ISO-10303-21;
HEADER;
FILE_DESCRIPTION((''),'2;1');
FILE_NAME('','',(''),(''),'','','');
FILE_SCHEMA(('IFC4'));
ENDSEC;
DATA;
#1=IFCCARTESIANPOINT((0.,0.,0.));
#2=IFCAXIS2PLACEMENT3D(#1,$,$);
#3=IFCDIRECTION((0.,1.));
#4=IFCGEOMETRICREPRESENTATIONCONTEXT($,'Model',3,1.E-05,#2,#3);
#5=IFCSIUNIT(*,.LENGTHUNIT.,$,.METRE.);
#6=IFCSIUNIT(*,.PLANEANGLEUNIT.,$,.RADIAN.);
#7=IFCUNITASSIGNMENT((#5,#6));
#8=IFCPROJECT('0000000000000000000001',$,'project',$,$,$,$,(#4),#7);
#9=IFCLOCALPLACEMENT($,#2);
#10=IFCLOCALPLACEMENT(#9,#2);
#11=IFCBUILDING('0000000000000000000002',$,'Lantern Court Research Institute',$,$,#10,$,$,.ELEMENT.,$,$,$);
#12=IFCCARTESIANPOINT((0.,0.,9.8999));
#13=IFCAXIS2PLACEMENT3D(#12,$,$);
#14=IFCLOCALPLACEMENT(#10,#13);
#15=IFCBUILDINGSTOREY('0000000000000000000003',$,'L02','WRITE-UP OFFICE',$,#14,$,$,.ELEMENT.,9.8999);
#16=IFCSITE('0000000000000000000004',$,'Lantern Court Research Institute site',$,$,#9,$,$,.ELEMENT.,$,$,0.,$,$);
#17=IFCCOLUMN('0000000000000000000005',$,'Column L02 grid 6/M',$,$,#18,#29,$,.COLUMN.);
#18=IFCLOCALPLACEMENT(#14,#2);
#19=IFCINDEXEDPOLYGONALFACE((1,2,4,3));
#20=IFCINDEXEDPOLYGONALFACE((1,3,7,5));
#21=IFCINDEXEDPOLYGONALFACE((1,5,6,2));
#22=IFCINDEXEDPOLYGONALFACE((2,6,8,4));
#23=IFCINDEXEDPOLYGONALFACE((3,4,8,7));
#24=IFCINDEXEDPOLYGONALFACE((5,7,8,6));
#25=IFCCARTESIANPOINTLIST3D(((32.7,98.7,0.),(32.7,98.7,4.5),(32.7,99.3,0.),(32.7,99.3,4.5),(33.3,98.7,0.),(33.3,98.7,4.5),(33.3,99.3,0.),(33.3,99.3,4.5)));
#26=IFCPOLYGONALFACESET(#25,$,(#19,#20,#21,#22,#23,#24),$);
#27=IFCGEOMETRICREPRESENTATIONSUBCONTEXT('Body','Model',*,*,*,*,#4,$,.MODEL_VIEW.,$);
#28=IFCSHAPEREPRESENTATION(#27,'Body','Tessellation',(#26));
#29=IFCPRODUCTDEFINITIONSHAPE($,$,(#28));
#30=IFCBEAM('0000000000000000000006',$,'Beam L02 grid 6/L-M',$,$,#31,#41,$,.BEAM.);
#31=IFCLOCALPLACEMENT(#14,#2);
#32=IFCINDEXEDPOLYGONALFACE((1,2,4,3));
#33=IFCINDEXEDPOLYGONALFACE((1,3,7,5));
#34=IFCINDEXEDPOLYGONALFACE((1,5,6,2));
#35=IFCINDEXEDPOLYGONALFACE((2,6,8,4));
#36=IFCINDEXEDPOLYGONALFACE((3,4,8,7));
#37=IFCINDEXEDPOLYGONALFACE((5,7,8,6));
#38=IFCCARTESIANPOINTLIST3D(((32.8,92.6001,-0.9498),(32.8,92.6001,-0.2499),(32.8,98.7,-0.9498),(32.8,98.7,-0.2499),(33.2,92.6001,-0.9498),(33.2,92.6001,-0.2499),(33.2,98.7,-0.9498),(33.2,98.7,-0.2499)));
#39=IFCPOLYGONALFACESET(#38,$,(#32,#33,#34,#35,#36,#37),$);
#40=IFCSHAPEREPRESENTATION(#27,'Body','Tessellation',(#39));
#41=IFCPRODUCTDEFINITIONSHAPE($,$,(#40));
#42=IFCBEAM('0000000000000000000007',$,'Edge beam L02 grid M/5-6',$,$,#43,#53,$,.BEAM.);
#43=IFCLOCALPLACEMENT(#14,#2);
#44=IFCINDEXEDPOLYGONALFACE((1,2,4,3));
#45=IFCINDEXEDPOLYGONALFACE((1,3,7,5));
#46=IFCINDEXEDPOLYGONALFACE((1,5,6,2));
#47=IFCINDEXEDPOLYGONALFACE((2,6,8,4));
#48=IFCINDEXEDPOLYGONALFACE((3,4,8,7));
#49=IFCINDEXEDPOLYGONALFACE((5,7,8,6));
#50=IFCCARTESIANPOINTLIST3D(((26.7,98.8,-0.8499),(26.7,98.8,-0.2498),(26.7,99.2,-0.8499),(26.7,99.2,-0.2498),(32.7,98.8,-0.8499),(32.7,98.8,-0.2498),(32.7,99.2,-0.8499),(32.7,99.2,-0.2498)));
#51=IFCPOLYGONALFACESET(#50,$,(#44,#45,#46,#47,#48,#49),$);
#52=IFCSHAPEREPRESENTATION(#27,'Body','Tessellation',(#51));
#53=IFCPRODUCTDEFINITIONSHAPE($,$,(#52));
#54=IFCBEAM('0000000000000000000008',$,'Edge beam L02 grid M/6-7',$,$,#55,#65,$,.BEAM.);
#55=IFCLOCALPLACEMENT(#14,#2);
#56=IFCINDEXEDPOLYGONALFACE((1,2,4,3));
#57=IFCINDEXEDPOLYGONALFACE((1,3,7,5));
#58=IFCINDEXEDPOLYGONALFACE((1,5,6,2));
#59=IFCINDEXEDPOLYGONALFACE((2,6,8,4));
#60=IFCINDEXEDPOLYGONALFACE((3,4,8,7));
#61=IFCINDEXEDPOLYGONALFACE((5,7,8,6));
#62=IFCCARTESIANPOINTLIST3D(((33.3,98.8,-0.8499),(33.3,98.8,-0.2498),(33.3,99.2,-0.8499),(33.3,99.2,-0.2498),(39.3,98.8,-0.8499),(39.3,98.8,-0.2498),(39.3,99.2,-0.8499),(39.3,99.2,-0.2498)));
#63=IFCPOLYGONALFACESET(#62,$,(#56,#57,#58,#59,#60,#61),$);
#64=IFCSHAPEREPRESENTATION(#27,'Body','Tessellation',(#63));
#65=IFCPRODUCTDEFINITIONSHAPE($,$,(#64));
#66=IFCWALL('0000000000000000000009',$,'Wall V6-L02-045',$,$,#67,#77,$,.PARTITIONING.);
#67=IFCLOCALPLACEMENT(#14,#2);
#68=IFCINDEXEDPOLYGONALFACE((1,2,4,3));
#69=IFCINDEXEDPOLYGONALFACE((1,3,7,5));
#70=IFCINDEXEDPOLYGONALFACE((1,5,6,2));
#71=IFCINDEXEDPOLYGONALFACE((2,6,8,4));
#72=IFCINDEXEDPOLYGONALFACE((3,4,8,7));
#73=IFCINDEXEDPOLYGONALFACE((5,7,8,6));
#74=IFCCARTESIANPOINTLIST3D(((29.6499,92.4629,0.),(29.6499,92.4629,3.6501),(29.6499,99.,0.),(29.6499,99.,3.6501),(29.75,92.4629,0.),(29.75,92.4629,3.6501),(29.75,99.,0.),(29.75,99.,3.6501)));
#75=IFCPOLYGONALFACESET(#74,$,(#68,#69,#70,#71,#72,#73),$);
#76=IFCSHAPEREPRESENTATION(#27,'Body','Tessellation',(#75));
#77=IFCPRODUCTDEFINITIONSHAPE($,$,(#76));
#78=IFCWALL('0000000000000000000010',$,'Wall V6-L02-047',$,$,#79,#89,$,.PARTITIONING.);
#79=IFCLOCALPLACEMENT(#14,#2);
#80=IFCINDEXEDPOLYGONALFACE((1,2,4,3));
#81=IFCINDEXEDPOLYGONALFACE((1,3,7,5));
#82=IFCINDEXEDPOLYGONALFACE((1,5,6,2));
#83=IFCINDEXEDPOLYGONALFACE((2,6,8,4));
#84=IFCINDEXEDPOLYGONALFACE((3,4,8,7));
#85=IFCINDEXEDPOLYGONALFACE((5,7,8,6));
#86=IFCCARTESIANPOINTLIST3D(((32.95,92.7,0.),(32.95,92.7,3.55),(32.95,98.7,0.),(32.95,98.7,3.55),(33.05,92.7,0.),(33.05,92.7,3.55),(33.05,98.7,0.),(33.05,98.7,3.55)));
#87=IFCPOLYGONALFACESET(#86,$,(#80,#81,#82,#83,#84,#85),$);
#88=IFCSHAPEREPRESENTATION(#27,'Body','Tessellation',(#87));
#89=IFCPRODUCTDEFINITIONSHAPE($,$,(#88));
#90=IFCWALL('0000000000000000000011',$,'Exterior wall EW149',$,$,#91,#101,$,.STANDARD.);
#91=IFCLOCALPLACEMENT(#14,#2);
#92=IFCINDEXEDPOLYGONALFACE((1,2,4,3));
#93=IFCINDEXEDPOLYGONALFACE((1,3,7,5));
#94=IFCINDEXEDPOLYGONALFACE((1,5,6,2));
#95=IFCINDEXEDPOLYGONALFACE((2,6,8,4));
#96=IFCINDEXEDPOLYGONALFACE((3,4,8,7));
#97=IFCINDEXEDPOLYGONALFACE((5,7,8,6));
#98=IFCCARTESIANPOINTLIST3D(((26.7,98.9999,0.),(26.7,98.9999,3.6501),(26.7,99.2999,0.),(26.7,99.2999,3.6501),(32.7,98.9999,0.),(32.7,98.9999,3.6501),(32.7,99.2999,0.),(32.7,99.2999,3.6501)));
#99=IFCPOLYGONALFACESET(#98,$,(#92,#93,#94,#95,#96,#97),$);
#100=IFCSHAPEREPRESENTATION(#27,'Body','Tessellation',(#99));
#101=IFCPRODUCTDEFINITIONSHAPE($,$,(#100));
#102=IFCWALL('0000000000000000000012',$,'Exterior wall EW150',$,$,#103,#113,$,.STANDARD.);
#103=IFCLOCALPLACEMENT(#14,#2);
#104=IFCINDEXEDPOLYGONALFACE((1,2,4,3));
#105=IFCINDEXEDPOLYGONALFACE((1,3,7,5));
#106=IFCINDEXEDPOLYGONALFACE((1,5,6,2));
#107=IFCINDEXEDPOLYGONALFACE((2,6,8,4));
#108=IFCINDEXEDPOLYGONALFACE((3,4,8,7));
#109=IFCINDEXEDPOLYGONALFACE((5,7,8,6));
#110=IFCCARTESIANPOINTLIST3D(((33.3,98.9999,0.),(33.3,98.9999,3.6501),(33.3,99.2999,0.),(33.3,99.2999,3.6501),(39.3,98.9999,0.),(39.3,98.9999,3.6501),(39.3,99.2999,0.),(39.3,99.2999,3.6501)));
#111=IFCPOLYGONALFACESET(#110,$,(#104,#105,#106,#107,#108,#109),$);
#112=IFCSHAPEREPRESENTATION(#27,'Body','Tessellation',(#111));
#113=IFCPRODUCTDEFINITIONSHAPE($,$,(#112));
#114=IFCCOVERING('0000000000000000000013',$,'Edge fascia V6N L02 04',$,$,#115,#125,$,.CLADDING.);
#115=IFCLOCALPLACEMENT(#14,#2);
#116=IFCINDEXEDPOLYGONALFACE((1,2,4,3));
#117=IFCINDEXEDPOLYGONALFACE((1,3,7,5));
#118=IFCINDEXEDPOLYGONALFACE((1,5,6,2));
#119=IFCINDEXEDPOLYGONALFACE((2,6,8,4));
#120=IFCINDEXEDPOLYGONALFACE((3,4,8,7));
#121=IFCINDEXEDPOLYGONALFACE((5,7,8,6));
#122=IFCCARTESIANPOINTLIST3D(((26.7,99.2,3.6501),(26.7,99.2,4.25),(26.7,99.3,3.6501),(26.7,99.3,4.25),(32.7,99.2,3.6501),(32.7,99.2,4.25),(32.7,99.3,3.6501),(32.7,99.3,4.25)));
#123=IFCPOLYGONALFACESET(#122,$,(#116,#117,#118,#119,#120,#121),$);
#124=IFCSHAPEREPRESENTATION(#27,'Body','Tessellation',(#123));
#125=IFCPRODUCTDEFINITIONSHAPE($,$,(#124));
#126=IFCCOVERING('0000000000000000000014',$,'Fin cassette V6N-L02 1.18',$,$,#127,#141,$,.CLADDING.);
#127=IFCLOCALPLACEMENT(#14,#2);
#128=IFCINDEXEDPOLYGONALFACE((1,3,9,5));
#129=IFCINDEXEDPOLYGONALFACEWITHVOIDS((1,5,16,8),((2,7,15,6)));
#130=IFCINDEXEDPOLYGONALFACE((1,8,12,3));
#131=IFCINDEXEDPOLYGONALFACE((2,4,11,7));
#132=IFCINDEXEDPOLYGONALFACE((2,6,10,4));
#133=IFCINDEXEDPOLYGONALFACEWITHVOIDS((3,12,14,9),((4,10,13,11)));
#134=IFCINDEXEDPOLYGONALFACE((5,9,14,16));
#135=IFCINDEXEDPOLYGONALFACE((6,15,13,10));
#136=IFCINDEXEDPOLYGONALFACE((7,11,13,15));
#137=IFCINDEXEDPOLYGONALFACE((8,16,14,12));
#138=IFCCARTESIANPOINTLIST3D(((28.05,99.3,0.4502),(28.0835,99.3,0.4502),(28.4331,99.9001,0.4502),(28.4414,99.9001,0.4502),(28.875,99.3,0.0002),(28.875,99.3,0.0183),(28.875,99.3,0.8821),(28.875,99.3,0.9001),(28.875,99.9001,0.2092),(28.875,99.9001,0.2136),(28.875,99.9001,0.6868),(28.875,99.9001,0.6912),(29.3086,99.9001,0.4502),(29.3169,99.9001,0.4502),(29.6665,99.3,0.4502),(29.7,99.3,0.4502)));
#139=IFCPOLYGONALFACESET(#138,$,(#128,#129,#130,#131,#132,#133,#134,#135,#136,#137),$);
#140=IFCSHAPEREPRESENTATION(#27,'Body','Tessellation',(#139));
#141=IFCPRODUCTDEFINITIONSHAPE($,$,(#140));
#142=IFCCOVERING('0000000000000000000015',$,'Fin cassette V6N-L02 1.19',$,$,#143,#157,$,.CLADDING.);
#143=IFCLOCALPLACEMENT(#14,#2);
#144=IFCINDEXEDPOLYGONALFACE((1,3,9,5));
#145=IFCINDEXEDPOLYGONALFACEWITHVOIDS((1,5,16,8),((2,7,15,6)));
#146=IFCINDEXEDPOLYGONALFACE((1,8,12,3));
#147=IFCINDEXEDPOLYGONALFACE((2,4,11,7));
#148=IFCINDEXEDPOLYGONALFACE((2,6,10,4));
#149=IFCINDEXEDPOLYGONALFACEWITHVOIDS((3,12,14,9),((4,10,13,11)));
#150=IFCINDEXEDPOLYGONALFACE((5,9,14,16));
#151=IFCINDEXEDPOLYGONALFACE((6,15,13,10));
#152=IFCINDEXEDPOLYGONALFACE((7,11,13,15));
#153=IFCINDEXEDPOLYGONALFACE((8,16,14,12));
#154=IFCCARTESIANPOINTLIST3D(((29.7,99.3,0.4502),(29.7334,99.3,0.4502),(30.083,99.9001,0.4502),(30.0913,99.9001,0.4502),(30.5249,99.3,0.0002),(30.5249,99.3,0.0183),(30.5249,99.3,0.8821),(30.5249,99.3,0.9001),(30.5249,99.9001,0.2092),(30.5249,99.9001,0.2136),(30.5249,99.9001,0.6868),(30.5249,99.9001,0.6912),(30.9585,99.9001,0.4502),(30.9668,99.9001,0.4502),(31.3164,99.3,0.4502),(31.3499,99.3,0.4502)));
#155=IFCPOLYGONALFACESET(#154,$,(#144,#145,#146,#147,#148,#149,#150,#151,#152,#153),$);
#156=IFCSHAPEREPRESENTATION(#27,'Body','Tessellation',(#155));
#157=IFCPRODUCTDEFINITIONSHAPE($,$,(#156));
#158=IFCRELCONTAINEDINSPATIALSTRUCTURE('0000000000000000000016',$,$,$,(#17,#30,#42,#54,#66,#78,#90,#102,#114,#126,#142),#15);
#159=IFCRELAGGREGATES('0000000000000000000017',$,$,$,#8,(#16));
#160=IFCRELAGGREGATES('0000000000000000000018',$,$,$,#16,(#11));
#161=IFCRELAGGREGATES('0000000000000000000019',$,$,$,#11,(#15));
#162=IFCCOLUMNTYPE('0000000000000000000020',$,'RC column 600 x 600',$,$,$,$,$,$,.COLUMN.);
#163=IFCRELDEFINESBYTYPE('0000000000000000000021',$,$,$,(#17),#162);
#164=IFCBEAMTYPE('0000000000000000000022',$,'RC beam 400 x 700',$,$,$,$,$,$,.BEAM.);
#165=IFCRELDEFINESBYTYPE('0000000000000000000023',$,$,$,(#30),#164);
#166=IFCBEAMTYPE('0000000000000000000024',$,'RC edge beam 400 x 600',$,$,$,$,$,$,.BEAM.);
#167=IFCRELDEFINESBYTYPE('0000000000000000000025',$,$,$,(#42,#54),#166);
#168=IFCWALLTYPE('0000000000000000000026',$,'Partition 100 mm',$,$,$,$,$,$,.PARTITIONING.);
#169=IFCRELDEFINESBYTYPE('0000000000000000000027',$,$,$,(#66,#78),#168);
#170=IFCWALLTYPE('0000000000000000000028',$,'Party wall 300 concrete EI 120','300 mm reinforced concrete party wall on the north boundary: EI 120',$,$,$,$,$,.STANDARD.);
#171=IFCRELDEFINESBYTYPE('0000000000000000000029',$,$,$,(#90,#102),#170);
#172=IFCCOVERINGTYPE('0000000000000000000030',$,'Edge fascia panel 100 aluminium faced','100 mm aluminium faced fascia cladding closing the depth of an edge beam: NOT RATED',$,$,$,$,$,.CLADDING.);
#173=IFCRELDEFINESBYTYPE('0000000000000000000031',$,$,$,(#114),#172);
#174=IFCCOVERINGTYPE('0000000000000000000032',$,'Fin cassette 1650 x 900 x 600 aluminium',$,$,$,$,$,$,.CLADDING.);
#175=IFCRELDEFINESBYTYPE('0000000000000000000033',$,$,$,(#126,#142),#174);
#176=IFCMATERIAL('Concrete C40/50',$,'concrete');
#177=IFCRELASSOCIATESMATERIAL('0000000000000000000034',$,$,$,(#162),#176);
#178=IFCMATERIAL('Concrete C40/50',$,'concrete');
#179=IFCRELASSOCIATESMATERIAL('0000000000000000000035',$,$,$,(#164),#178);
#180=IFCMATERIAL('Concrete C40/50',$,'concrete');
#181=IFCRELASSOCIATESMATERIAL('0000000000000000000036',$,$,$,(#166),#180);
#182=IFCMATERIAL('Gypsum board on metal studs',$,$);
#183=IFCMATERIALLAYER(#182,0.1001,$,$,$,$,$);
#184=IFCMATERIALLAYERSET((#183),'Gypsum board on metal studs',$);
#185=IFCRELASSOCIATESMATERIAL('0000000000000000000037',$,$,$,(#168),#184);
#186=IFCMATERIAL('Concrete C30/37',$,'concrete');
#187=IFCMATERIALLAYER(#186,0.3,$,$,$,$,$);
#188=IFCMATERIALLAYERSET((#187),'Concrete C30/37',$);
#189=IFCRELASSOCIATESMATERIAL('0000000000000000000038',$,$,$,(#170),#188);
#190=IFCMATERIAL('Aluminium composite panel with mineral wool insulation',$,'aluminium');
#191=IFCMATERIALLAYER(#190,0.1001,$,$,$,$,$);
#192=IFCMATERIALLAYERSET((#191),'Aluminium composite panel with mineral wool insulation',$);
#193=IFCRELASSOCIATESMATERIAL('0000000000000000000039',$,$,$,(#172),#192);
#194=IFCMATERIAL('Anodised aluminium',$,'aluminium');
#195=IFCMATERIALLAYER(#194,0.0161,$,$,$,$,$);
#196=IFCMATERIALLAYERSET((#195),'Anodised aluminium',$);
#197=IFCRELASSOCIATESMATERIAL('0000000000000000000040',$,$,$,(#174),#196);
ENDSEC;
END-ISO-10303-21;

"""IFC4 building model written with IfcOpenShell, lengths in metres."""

from ifc_helpers import new_model, entity, si_unit, direction, frame, frame_2d, origin, origin_2d, place, context, subcontext, project, spatial, rectangle, extrude, material, layer, layer_set, material_profile, profile_set, type_object, element, save


model = new_model("IFC4")

# Units and contexts
model_context = context("Model", 3, precision=1e-05, world=origin(), true_north=direction((0.0, 1.0)))
body_context = subcontext(model_context, "Body", "Model", "MODEL_VIEW")
ifc_project = project(units=[si_unit("LENGTHUNIT", "METRE"), si_unit("PLANEANGLEUNIT", "RADIAN")], contexts=[model_context])

# Site, building, storey
site_placement = place(None, origin())
site = spatial("IfcSite", under=ifc_project, at=site_placement, Name="Lantern Court Research Institute site", CompositionType="ELEMENT", RefElevation=0.0)
building_placement = place(site_placement, origin())
building = spatial("IfcBuilding", under=site, at=building_placement, Name="Lantern Court Research Institute", CompositionType="ELEMENT")
storey_placement = place(building_placement, frame((0.0, 0.0, 9.8999)))
storey = spatial("IfcBuildingStorey", under=building, at=storey_placement, Name="L02", Description="WRITE-UP OFFICE", CompositionType="ELEMENT", Elevation=9.8999)

# Column
ifc_material_1 = material(Name="Concrete C40/50", Category="concrete")
ifc_material_profile_1 = material_profile(ifc_material_1, rectangle(XDim=0.6001, YDim=0.6001, at=origin_2d()), Name="RC column 600 x 600")
ifc_profile_set_1 = profile_set([ifc_material_profile_1], Name="Concrete C40/50")
column_type = type_object("IfcColumnType", Name="RC column 600 x 600", PredefinedType="COLUMN", material=ifc_profile_set_1)
column_placement = place(storey_placement, frame((33.0, 99.0, 0.0), z_axis=(0.0, 0.0, 1.0), x_axis=(1.0, 0.0, 0.0)))
element("IfcColumn", 1, at=column_placement, inside=storey, type_object=column_type, Name="Column L02 grid 6/M", PredefinedType="COLUMN", context=body_context, shape_type="SweptSolid", body=[
    extrude(rectangle(XDim=0.6001, YDim=0.6001, at=origin_2d()), origin(), (0.0, 0.0, 1.0), 4.5),
])

# Beams
ifc_material_2 = material(Name="Concrete C40/50", Category="concrete")
ifc_material_profile_2 = material_profile(ifc_material_2, rectangle(XDim=0.3999, YDim=0.7, at=origin_2d()), Name="RC beam 400 x 700")
ifc_profile_set_2 = profile_set([ifc_material_profile_2], Name="Concrete C40/50")
beam_type_1 = type_object("IfcBeamType", Name="RC beam 400 x 700", PredefinedType="BEAM", material=ifc_profile_set_2)
beam_placement = place(storey_placement, frame((33.0, 92.6001, -0.5999), z_axis=(0.0, 1.0, 0.0), x_axis=(-1.0, 0.0, 0.0)))
element("IfcBeam", 2, at=beam_placement, inside=storey, type_object=beam_type_1, Name="Beam L02 grid 6/L-M", PredefinedType="BEAM", context=body_context, shape_type="SweptSolid", body=[
    extrude(rectangle(XDim=0.3999, YDim=0.7, at=origin_2d()), origin(), (0.0, 0.0, 1.0), 6.0999),
])
ifc_material_3 = material(Name="Concrete C40/50", Category="concrete")
ifc_material_profile_3 = material_profile(ifc_material_3, rectangle(XDim=0.3999, YDim=0.6001, at=origin_2d()), Name="RC beam 400 x 600")
ifc_profile_set_3 = profile_set([ifc_material_profile_3], Name="Concrete C40/50")
beam_type_2 = type_object("IfcBeamType", Name="RC edge beam 400 x 600", PredefinedType="BEAM", material=ifc_profile_set_3)
for number, where, z_axis, x_axis, name in (
    (3, (26.7, 99.0, -0.5498), (1.0, 0.0, 0.0), (0.0, 1.0, 0.0), "Edge beam L02 grid M/5-6"),
    (4, (33.3, 99.0, -0.5498), (1.0, 0.0, 0.0), (0.0, 1.0, 0.0), "Edge beam L02 grid M/6-7"),
):
    element("IfcBeam", number, at=place(storey_placement, frame(where, z_axis=z_axis, x_axis=x_axis)), inside=storey, type_object=beam_type_2, Name=name, PredefinedType="BEAM", context=body_context, shape_type="SweptSolid", body=[
        extrude(rectangle(XDim=0.3999, YDim=0.6001, at=origin_2d()), origin(), (0.0, 0.0, 1.0), 6.0),
    ])

# Walls
ifc_material_4 = material(Name="Gypsum board on metal studs")
ifc_layer_1 = layer(ifc_material_4, 0.1001)
ifc_layer_set_1 = layer_set([ifc_layer_1], Name="Gypsum board on metal studs")
wall_type_1 = type_object("IfcWallType", Name="Partition 100 mm", PredefinedType="PARTITIONING", material=ifc_layer_set_1)
wall_1_placement = place(storey_placement, frame((29.7, 92.4629, 0.0), z_axis=(0.0, 0.0, 1.0), x_axis=(0.0, 1.0, 0.0)))
element("IfcWall", 5, at=wall_1_placement, inside=storey, type_object=wall_type_1, Name="Wall V6-L02-045", PredefinedType="PARTITIONING", context=body_context, shape_type="SweptSolid", body=[
    extrude(rectangle(XDim=6.5371, YDim=0.1001, at=frame_2d((3.2686, 0.0))), origin(), (0.0, 0.0, 1.0), 3.6501),
])
wall_2_placement = place(storey_placement, frame((33.0, 92.7, 0.0), z_axis=(0.0, 0.0, 1.0), x_axis=(0.0, 1.0, 0.0)))
element("IfcWall", 6, at=wall_2_placement, inside=storey, type_object=wall_type_1, Name="Wall V6-L02-047", PredefinedType="PARTITIONING", context=body_context, shape_type="SweptSolid", body=[
    extrude(rectangle(XDim=6.0, YDim=0.1001, at=frame_2d((3.0, 0.0))), origin(), (0.0, 0.0, 1.0), 3.55),
])
ifc_material_5 = material(Name="Concrete C30/37", Category="concrete")
ifc_layer_2 = layer(ifc_material_5, 0.3)
ifc_layer_set_2 = layer_set([ifc_layer_2], Name="Concrete C30/37")
wall_type_2 = type_object("IfcWallType", Name="Party wall 300 concrete EI 120", Description="300 mm reinforced concrete party wall on the north boundary: EI 120", PredefinedType="STANDARD", material=ifc_layer_set_2)
for number, where, z_axis, x_axis, name in (
    (7, (26.7, 99.1499, 0.0), (0.0, 0.0, 1.0), (1.0, 0.0, 0.0), "Exterior wall EW149"),
    (8, (33.3, 99.1499, 0.0), (0.0, 0.0, 1.0), (1.0, 0.0, 0.0), "Exterior wall EW150"),
):
    element("IfcWall", number, at=place(storey_placement, frame(where, z_axis=z_axis, x_axis=x_axis)), inside=storey, type_object=wall_type_2, Name=name, PredefinedType="STANDARD", context=body_context, shape_type="SweptSolid", body=[
        extrude(rectangle(XDim=6.0, YDim=0.3, at=frame_2d((3.0, 0.0))), origin(), (0.0, 0.0, 1.0), 3.6501),
    ])

# Coverings
ifc_material_6 = material(Name="Aluminium composite panel with mineral wool insulation", Category="aluminium")
ifc_layer_3 = layer(ifc_material_6, 0.1001)
ifc_layer_set_3 = layer_set([ifc_layer_3], Name="Aluminium composite panel with mineral wool insulation")
covering_type_1 = type_object("IfcCoveringType", Name="Edge fascia panel 100 aluminium faced", Description="100 mm aluminium faced fascia cladding closing the depth of an edge beam: NOT RATED", PredefinedType="CLADDING", material=ifc_layer_set_3)
covering_1_placement = place(storey_placement, frame((26.7, 99.25, 3.6501), z_axis=(0.0, 0.0, 1.0), x_axis=(1.0, 0.0, 0.0)))
element("IfcCovering", 9, at=covering_1_placement, inside=storey, type_object=covering_type_1, Name="Edge fascia V6N L02 04", PredefinedType="CLADDING", context=body_context, shape_type="SweptSolid", body=[
    extrude(rectangle(XDim=6.0, YDim=0.1001, at=frame_2d((3.0, 0.0))), origin(), (0.0, 0.0, 1.0), 0.5999),
])
ifc_material_7 = material(Name="Anodised aluminium", Category="aluminium")
ifc_layer_4 = layer(ifc_material_7, 0.0161)
ifc_layer_set_4 = layer_set([ifc_layer_4], Name="Anodised aluminium")
covering_type_2 = type_object("IfcCoveringType", Name="Fin cassette 1650 x 900 x 600 aluminium", PredefinedType="CLADDING", material=ifc_layer_set_4)
covering_2_placement = place(storey_placement, frame((28.875, 99.3, 0.4502), z_axis=(0.0, 1.0, 0.0), x_axis=(-1.0, 0.0, 0.0)))
cartesian_point_1 = entity("IfcCartesianPoint", [0.825, 0.0])
cartesian_point_2 = entity("IfcCartesianPoint", [0.7915, 0.0])
cartesian_point_3 = entity("IfcCartesianPoint", [0.4419, 0.0])
cartesian_point_4 = entity("IfcCartesianPoint", [0.4336, 0.0])
element("IfcCovering", 10, at=covering_2_placement, inside=storey, type_object=covering_type_2, Name="Fin cassette V6N-L02 1.18", PredefinedType="CLADDING", context=body_context, shape_type="SweptSolid", body=[
    entity("IfcExtrudedAreaSolidTapered", entity("IfcArbitraryProfileDefWithVoids", "AREA", None, entity("IfcPolyline", [cartesian_point_1, entity("IfcCartesianPoint", [0.0, 0.45]), entity("IfcCartesianPoint", [-0.825, 0.0]), entity("IfcCartesianPoint", [0.0, -0.45]), cartesian_point_1]), [entity("IfcPolyline", [cartesian_point_2, entity("IfcCartesianPoint", [0.0, 0.4319]), entity("IfcCartesianPoint", [-0.7915, 0.0]), entity("IfcCartesianPoint", [0.0, -0.4319]), cartesian_point_2])]), entity("IfcAxis2Placement3D", entity("IfcCartesianPoint", [0.0, 0.0, 0.0])), entity("IfcDirection", [0.0, 0.0, 1.0]), 0.6001, entity("IfcArbitraryProfileDefWithVoids", "AREA", None, entity("IfcPolyline", [cartesian_point_3, entity("IfcCartesianPoint", [0.0, 0.241]), entity("IfcCartesianPoint", [-0.4419, 0.0]), entity("IfcCartesianPoint", [0.0, -0.241]), cartesian_point_3]), [entity("IfcPolyline", [cartesian_point_4, entity("IfcCartesianPoint", [0.0, 0.2366]), entity("IfcCartesianPoint", [-0.4336, 0.0]), entity("IfcCartesianPoint", [0.0, -0.2366]), cartesian_point_4])])),
])
covering_3_placement = place(storey_placement, frame((30.5249, 99.3, 0.4502), z_axis=(0.0, 1.0, 0.0), x_axis=(-1.0, 0.0, 0.0)))
cartesian_point_5 = entity("IfcCartesianPoint", [0.825, 0.0])
cartesian_point_6 = entity("IfcCartesianPoint", [0.7915, 0.0])
cartesian_point_7 = entity("IfcCartesianPoint", [0.4419, 0.0])
cartesian_point_8 = entity("IfcCartesianPoint", [0.4336, 0.0])
element("IfcCovering", 11, at=covering_3_placement, inside=storey, type_object=covering_type_2, Name="Fin cassette V6N-L02 1.19", PredefinedType="CLADDING", context=body_context, shape_type="SweptSolid", body=[
    entity("IfcExtrudedAreaSolidTapered", entity("IfcArbitraryProfileDefWithVoids", "AREA", None, entity("IfcPolyline", [cartesian_point_5, entity("IfcCartesianPoint", [0.0, 0.45]), entity("IfcCartesianPoint", [-0.825, 0.0]), entity("IfcCartesianPoint", [0.0, -0.45]), cartesian_point_5]), [entity("IfcPolyline", [cartesian_point_6, entity("IfcCartesianPoint", [0.0, 0.4319]), entity("IfcCartesianPoint", [-0.7915, 0.0]), entity("IfcCartesianPoint", [0.0, -0.4319]), cartesian_point_6])]), entity("IfcAxis2Placement3D", entity("IfcCartesianPoint", [0.0, 0.0, 0.0])), entity("IfcDirection", [0.0, 0.0, 1.0]), 0.6001, entity("IfcArbitraryProfileDefWithVoids", "AREA", None, entity("IfcPolyline", [cartesian_point_7, entity("IfcCartesianPoint", [0.0, 0.241]), entity("IfcCartesianPoint", [-0.4419, 0.0]), entity("IfcCartesianPoint", [0.0, -0.241]), cartesian_point_7]), [entity("IfcPolyline", [cartesian_point_8, entity("IfcCartesianPoint", [0.0, 0.2366]), entity("IfcCartesianPoint", [-0.4336, 0.0]), entity("IfcCartesianPoint", [0.0, -0.2366]), cartesian_point_8])])),
])

save(model, "model.ifc")
